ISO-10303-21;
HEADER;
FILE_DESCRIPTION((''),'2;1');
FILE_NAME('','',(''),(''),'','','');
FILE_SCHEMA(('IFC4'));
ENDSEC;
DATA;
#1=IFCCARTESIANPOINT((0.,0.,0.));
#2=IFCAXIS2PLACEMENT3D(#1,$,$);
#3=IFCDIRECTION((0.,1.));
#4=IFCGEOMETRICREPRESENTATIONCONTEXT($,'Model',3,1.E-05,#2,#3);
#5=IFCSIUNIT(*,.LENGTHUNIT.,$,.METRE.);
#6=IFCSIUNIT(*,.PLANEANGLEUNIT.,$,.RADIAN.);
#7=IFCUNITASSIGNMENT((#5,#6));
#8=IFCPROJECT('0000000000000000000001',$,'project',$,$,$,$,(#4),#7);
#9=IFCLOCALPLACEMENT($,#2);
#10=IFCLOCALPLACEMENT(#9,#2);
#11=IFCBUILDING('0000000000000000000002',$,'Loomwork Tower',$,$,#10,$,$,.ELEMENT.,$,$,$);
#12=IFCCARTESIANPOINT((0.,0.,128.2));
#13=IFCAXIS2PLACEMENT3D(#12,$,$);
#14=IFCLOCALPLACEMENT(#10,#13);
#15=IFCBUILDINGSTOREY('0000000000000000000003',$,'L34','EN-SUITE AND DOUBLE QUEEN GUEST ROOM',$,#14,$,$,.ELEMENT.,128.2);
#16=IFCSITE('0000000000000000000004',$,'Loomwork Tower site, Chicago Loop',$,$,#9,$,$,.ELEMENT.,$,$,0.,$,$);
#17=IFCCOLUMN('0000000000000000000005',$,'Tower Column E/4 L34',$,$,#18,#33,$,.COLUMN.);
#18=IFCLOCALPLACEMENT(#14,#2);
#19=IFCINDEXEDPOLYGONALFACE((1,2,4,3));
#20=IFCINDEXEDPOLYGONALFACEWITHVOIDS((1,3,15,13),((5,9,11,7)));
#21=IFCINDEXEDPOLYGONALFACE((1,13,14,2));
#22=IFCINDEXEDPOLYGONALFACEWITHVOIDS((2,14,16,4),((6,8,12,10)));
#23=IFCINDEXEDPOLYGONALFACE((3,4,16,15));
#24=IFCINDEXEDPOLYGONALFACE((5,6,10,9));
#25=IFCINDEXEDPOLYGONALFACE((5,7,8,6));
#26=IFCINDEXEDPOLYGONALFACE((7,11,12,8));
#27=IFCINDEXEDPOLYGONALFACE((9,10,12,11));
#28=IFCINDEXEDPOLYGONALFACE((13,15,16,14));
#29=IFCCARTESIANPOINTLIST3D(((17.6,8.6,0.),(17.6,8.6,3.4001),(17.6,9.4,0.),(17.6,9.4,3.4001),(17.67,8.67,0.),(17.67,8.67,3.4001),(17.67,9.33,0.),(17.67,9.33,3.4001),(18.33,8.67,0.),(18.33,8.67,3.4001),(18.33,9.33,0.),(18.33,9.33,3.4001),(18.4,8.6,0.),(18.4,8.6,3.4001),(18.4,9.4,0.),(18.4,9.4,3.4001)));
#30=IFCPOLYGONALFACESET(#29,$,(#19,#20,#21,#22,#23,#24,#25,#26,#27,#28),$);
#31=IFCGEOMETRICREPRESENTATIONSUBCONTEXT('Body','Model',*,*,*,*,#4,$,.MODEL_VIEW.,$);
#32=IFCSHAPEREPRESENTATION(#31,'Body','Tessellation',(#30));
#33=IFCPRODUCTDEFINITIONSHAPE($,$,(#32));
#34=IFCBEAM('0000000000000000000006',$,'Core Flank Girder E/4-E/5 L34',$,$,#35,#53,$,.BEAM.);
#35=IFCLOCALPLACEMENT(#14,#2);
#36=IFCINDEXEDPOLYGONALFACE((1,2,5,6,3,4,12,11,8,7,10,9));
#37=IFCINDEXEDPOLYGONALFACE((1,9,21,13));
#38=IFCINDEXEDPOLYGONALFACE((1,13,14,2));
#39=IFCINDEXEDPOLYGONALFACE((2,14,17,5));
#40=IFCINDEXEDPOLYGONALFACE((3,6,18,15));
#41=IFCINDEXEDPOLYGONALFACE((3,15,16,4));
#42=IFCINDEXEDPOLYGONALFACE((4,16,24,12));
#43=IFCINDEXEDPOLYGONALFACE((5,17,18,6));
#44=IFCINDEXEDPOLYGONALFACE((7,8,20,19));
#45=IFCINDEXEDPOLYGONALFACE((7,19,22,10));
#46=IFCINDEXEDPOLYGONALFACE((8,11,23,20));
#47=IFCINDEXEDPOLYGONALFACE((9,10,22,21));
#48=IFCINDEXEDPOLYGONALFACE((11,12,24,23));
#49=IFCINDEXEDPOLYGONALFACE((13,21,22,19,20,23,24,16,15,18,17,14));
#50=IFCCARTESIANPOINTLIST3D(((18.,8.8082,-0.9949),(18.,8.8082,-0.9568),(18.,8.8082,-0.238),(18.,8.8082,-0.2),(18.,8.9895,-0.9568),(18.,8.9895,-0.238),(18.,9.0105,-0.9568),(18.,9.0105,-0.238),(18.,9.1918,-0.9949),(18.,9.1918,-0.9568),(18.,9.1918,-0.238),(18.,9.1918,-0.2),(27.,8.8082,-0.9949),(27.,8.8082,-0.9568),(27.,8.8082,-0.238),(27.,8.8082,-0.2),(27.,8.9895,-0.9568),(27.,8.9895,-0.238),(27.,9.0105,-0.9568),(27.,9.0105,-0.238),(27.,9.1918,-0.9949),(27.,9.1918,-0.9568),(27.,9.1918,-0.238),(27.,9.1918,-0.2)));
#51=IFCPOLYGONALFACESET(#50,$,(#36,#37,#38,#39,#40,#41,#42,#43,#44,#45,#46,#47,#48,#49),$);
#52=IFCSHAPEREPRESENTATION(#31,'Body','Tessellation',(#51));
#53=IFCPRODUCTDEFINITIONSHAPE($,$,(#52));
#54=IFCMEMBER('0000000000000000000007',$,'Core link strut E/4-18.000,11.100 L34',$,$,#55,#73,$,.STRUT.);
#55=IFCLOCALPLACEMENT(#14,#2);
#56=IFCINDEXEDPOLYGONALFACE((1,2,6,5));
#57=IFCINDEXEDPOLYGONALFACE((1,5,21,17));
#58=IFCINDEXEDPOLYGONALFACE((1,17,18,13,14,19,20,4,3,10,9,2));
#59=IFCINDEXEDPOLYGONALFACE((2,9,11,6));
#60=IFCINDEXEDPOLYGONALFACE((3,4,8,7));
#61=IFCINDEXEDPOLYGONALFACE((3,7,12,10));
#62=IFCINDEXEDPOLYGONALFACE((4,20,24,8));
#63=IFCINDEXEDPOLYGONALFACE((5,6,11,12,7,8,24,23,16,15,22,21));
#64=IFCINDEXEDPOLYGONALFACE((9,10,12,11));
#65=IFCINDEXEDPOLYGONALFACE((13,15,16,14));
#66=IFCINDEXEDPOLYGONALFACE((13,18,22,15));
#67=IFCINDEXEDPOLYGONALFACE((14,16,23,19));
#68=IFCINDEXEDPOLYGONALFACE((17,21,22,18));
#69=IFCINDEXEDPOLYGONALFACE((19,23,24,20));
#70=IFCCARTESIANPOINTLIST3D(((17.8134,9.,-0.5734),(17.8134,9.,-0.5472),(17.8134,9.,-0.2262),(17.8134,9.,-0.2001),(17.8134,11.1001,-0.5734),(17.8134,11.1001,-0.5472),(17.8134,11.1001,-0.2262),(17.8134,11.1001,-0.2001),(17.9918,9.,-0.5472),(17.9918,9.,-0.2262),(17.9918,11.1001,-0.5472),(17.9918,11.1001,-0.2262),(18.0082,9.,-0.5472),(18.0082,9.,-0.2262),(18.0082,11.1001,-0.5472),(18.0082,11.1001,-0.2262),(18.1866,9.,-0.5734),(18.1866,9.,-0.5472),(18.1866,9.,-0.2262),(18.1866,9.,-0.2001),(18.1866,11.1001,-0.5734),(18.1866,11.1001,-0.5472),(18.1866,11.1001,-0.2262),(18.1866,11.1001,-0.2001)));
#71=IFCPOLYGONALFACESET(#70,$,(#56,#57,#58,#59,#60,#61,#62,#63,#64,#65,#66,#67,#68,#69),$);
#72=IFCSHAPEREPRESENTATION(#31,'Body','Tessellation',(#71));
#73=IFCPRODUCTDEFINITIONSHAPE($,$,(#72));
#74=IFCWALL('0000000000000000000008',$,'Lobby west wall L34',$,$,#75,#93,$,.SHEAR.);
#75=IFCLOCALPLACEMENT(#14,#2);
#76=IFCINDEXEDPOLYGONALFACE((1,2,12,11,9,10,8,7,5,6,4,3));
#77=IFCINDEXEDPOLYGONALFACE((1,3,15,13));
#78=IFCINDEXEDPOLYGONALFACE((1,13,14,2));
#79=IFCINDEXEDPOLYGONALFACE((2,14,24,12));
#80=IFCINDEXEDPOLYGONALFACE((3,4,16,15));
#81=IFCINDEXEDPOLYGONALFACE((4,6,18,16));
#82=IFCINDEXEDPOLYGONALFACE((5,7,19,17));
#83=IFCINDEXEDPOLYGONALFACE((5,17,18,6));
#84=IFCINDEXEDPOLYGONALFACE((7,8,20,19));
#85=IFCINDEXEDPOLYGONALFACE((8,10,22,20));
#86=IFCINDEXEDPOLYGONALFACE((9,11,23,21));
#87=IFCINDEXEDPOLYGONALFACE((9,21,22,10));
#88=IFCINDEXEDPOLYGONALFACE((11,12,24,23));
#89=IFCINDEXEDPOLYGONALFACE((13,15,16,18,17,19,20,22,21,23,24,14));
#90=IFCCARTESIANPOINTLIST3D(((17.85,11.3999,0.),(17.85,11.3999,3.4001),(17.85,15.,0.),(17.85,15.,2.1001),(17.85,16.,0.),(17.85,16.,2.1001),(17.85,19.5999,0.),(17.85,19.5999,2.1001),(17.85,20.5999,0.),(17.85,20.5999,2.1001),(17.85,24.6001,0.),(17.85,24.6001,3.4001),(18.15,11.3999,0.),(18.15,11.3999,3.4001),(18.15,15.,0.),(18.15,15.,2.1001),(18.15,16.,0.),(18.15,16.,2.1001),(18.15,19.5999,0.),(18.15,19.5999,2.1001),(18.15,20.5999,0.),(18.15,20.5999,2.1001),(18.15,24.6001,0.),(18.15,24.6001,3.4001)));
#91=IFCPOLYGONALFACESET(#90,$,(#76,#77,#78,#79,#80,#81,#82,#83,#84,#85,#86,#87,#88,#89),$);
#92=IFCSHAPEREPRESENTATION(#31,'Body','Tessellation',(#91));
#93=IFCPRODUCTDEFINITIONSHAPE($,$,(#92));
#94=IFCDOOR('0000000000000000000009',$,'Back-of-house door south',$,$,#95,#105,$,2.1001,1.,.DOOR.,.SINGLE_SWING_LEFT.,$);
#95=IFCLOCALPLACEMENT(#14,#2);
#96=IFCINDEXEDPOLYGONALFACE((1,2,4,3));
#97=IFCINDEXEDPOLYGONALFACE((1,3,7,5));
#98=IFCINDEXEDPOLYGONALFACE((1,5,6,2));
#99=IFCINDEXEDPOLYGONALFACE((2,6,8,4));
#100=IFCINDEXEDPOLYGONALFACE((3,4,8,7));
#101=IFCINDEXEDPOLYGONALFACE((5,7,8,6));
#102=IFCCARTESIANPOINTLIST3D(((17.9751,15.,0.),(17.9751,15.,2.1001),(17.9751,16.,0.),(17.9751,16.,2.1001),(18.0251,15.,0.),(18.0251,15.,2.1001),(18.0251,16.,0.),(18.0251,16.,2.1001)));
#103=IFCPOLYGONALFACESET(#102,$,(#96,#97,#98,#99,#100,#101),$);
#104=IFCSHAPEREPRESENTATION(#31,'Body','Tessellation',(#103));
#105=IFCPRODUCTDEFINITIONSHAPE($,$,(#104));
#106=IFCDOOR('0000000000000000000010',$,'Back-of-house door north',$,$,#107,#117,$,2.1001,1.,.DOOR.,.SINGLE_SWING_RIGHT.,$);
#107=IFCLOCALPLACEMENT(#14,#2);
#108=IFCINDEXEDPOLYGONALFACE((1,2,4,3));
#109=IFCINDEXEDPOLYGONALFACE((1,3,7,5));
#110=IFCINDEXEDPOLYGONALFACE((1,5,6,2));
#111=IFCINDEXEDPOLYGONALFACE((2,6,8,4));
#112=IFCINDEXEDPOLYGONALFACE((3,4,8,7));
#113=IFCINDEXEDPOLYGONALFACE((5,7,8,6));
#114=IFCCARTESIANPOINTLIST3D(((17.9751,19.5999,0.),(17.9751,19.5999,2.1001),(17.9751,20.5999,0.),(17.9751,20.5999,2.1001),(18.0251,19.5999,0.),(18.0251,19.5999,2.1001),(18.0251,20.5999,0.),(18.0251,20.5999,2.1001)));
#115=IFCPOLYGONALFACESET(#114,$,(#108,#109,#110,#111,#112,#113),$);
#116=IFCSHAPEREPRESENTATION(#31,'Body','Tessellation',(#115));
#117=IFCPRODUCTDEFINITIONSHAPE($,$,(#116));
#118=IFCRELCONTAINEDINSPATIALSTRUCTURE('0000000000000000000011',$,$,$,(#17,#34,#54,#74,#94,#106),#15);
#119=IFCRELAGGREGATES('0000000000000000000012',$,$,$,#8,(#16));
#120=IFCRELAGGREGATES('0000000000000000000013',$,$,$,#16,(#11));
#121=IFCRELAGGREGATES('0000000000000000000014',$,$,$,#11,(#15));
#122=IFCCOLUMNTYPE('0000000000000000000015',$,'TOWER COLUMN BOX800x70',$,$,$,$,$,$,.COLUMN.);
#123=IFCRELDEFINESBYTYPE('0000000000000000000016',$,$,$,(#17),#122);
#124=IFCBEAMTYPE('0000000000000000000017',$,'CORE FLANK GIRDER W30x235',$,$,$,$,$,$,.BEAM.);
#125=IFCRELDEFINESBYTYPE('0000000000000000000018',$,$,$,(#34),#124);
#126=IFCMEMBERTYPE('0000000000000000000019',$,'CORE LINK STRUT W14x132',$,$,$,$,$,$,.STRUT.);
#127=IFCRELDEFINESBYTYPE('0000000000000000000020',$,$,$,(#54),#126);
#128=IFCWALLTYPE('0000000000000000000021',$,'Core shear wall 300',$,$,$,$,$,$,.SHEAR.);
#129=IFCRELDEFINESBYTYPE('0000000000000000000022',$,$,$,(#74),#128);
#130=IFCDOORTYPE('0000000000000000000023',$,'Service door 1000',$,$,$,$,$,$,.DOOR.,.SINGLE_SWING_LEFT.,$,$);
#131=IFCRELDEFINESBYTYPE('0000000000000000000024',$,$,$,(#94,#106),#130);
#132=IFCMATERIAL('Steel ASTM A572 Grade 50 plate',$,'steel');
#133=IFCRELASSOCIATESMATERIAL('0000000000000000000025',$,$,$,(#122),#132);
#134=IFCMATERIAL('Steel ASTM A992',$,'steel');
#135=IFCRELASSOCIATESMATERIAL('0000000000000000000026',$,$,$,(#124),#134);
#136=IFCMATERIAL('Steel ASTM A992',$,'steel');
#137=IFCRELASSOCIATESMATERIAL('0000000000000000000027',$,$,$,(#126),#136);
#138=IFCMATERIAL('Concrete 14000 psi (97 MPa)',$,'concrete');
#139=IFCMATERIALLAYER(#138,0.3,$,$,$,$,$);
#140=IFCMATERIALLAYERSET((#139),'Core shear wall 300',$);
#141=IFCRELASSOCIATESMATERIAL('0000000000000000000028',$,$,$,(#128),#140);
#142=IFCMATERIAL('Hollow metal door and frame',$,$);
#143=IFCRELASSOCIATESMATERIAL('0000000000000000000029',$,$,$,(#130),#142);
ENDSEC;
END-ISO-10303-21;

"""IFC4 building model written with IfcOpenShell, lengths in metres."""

from ifc_helpers import new_model, si_unit, direction, frame, frame_2d, origin, origin_2d, place, context, subcontext, project, spatial, rectangle, hollow_rectangle, i_section, extrude, material, layer, layer_set, material_profile, profile_set, type_object, element, fill, save


model = new_model("IFC4")

# Units and contexts
model_context = context("Model", 3, precision=1e-05, world=origin(), true_north=direction((0.0, 1.0)))
body_context = subcontext(model_context, "Body", "Model", "MODEL_VIEW")
ifc_project = project(units=[si_unit("LENGTHUNIT", "METRE"), si_unit("PLANEANGLEUNIT", "RADIAN")], contexts=[model_context])

# Site, building, storey
site_placement = place(None, origin())
site = spatial("IfcSite", under=ifc_project, at=site_placement, Name="Loomwork Tower site, Chicago Loop", CompositionType="ELEMENT", RefElevation=0.0)
building_placement = place(site_placement, origin())
building = spatial("IfcBuilding", under=site, at=building_placement, Name="Loomwork Tower", CompositionType="ELEMENT")
storey_placement = place(building_placement, frame((0.0, 0.0, 128.2)))
storey = spatial("IfcBuildingStorey", under=building, at=storey_placement, Name="L34", Description="EN-SUITE AND DOUBLE QUEEN GUEST ROOM", CompositionType="ELEMENT", Elevation=128.2)

# Column
ifc_material_1 = material(Name="Steel ASTM A572 Grade 50 plate", Category="steel")
ifc_material_profile_1 = material_profile(ifc_material_1, hollow_rectangle(XDim=0.8, YDim=0.8, WallThickness=0.0701, at=origin_2d()), Name="BOX800x70")
ifc_profile_set_1 = profile_set([ifc_material_profile_1], Name="Steel ASTM A572 Grade 50 plate")
column_type = type_object("IfcColumnType", Name="TOWER COLUMN BOX800x70", PredefinedType="COLUMN", material=ifc_profile_set_1)
column_placement = place(storey_placement, frame((18.0, 9.0, 0.0), z_axis=(0.0, 0.0, 1.0), x_axis=(1.0, 0.0, 0.0)))
element("IfcColumn", 1, at=column_placement, inside=storey, type_object=column_type, Name="Tower Column E/4 L34", PredefinedType="COLUMN", context=body_context, shape_type="SweptSolid", body=[
    extrude(hollow_rectangle(XDim=0.8, YDim=0.8, WallThickness=0.0701, at=origin_2d()), origin(), (0.0, 0.0, 1.0), 3.4001),
])

# Beam
ifc_material_2 = material(Name="Steel ASTM A992", Category="steel")
ifc_material_profile_2 = material_profile(ifc_material_2, i_section(OverallWidth=0.3835, OverallDepth=0.7949, WebThickness=0.021, FlangeThickness=0.0381, at=origin_2d()), Name="W30x235")
ifc_profile_set_2 = profile_set([ifc_material_profile_2], Name="Steel ASTM A992")
beam_type = type_object("IfcBeamType", Name="CORE FLANK GIRDER W30x235", PredefinedType="BEAM", material=ifc_profile_set_2)
beam_placement = place(storey_placement, frame((18.0, 9.0, -0.5974), z_axis=(1.0, 0.0, 0.0), x_axis=(0.0, 1.0, 0.0)))
element("IfcBeam", 2, at=beam_placement, inside=storey, type_object=beam_type, Name="Core Flank Girder E/4-E/5 L34", PredefinedType="BEAM", context=body_context, shape_type="SweptSolid", body=[
    extrude(i_section(OverallWidth=0.3835, OverallDepth=0.7949, WebThickness=0.021, FlangeThickness=0.0381, at=origin_2d()), origin(), (0.0, 0.0, 1.0), 9.0),
])

# Member
ifc_material_3 = material(Name="Steel ASTM A992", Category="steel")
ifc_material_profile_3 = material_profile(ifc_material_3, i_section(OverallWidth=0.3733, OverallDepth=0.3733, WebThickness=0.0164, FlangeThickness=0.0261, at=origin_2d()), Name="W14x132")
ifc_profile_set_3 = profile_set([ifc_material_profile_3], Name="Steel ASTM A992")
member_type = type_object("IfcMemberType", Name="CORE LINK STRUT W14x132", PredefinedType="STRUT", material=ifc_profile_set_3)
member_placement = place(storey_placement, frame((18.0, 9.0, -0.3867), z_axis=(0.0, 1.0, 0.0), x_axis=(-1.0, 0.0, 0.0)))
element("IfcMember", 3, at=member_placement, inside=storey, type_object=member_type, Name="Core link strut E/4-18.000,11.100 L34", PredefinedType="STRUT", context=body_context, shape_type="SweptSolid", body=[
    extrude(i_section(OverallWidth=0.3733, OverallDepth=0.3733, WebThickness=0.0164, FlangeThickness=0.0261, at=origin_2d()), origin(), (0.0, 0.0, 1.0), 2.1001),
])

# Wall, openings, doors
ifc_material_4 = material(Name="Concrete 14000 psi (97 MPa)", Category="concrete")
ifc_layer_1 = layer(ifc_material_4, 0.3)
ifc_layer_set_1 = layer_set([ifc_layer_1], Name="Core shear wall 300")
wall_type_1 = type_object("IfcWallType", Name="Core shear wall 300", PredefinedType="SHEAR", material=ifc_layer_set_1)
wall_1_placement = place(storey_placement, frame((18.0, 11.3999, 0.0), z_axis=(0.0, 0.0, 1.0), x_axis=(0.0, 1.0, 0.0)))
wall_1 = element("IfcWall", 4, at=wall_1_placement, inside=storey, type_object=wall_type_1, Name="Lobby west wall L34", PredefinedType="SHEAR", context=body_context, shape_type="SweptSolid", body=[
    extrude(rectangle(XDim=13.2002, YDim=0.3, at=frame_2d((6.6001, 0.0))), origin(), (0.0, 0.0, 1.0), 3.4001),
])
opening_1_placement = place(wall_1_placement, frame((3.6001, 0.0, 0.0)))
opening_1 = element("IfcOpeningElement", 5, at=opening_1_placement, cuts=wall_1, PredefinedType="OPENING", context=body_context, shape_type="SweptSolid", body=[
    extrude(rectangle(XDim=1.0, YDim=2.1001, at=frame_2d((0.5, 1.05))), frame((0.0, 0.1599, 0.0), z_axis=(0.0, -1.0, 0.0), x_axis=(1.0, 0.0, 0.0)), (0.0, 0.0, 1.0), 0.3201),
])
opening_2_placement = place(wall_1_placement, frame((8.2, 0.0, 0.0)))
opening_2 = element("IfcOpeningElement", 6, at=opening_2_placement, cuts=wall_1, PredefinedType="OPENING", context=body_context, shape_type="SweptSolid", body=[
    extrude(rectangle(XDim=1.0, YDim=2.1001, at=frame_2d((0.5, 1.05))), frame((0.0, 0.1599, 0.0), z_axis=(0.0, -1.0, 0.0), x_axis=(1.0, 0.0, 0.0)), (0.0, 0.0, 1.0), 0.3201),
])
ifc_material_5 = material(Name="Hollow metal door and frame")
door_type_1 = type_object("IfcDoorType", Name="Service door 1000", OperationType="SINGLE_SWING_LEFT", PredefinedType="DOOR", material=ifc_material_5)
door_1_placement = place(opening_1_placement, origin())
door_1 = element("IfcDoor", 7, at=door_1_placement, inside=storey, type_object=door_type_1, Name="Back-of-house door south", OperationType="SINGLE_SWING_LEFT", OverallHeight=2.1001, OverallWidth=1.0, PredefinedType="DOOR", context=body_context, shape_type="SweptSolid", body=[
    extrude(rectangle(XDim=1.0, YDim=2.1001, at=frame_2d((0.5, 1.05))), frame((0.0, 0.0249, 0.0), z_axis=(0.0, -1.0, 0.0), x_axis=(1.0, 0.0, 0.0)), (0.0, 0.0, 1.0), 0.05),
])
fill(opening_1, door_1)
door_2_placement = place(opening_2_placement, origin())
door_2 = element("IfcDoor", 8, at=door_2_placement, inside=storey, type_object=door_type_1, Name="Back-of-house door north", OperationType="SINGLE_SWING_RIGHT", OverallHeight=2.1001, OverallWidth=1.0, PredefinedType="DOOR", context=body_context, shape_type="SweptSolid", body=[
    extrude(rectangle(XDim=1.0, YDim=2.1001, at=frame_2d((0.5, 1.05))), frame((0.0, 0.0249, 0.0), z_axis=(0.0, -1.0, 0.0), x_axis=(1.0, 0.0, 0.0)), (0.0, 0.0, 1.0), 0.05),
])
fill(opening_2, door_2)

save(model, "model.ifc")
